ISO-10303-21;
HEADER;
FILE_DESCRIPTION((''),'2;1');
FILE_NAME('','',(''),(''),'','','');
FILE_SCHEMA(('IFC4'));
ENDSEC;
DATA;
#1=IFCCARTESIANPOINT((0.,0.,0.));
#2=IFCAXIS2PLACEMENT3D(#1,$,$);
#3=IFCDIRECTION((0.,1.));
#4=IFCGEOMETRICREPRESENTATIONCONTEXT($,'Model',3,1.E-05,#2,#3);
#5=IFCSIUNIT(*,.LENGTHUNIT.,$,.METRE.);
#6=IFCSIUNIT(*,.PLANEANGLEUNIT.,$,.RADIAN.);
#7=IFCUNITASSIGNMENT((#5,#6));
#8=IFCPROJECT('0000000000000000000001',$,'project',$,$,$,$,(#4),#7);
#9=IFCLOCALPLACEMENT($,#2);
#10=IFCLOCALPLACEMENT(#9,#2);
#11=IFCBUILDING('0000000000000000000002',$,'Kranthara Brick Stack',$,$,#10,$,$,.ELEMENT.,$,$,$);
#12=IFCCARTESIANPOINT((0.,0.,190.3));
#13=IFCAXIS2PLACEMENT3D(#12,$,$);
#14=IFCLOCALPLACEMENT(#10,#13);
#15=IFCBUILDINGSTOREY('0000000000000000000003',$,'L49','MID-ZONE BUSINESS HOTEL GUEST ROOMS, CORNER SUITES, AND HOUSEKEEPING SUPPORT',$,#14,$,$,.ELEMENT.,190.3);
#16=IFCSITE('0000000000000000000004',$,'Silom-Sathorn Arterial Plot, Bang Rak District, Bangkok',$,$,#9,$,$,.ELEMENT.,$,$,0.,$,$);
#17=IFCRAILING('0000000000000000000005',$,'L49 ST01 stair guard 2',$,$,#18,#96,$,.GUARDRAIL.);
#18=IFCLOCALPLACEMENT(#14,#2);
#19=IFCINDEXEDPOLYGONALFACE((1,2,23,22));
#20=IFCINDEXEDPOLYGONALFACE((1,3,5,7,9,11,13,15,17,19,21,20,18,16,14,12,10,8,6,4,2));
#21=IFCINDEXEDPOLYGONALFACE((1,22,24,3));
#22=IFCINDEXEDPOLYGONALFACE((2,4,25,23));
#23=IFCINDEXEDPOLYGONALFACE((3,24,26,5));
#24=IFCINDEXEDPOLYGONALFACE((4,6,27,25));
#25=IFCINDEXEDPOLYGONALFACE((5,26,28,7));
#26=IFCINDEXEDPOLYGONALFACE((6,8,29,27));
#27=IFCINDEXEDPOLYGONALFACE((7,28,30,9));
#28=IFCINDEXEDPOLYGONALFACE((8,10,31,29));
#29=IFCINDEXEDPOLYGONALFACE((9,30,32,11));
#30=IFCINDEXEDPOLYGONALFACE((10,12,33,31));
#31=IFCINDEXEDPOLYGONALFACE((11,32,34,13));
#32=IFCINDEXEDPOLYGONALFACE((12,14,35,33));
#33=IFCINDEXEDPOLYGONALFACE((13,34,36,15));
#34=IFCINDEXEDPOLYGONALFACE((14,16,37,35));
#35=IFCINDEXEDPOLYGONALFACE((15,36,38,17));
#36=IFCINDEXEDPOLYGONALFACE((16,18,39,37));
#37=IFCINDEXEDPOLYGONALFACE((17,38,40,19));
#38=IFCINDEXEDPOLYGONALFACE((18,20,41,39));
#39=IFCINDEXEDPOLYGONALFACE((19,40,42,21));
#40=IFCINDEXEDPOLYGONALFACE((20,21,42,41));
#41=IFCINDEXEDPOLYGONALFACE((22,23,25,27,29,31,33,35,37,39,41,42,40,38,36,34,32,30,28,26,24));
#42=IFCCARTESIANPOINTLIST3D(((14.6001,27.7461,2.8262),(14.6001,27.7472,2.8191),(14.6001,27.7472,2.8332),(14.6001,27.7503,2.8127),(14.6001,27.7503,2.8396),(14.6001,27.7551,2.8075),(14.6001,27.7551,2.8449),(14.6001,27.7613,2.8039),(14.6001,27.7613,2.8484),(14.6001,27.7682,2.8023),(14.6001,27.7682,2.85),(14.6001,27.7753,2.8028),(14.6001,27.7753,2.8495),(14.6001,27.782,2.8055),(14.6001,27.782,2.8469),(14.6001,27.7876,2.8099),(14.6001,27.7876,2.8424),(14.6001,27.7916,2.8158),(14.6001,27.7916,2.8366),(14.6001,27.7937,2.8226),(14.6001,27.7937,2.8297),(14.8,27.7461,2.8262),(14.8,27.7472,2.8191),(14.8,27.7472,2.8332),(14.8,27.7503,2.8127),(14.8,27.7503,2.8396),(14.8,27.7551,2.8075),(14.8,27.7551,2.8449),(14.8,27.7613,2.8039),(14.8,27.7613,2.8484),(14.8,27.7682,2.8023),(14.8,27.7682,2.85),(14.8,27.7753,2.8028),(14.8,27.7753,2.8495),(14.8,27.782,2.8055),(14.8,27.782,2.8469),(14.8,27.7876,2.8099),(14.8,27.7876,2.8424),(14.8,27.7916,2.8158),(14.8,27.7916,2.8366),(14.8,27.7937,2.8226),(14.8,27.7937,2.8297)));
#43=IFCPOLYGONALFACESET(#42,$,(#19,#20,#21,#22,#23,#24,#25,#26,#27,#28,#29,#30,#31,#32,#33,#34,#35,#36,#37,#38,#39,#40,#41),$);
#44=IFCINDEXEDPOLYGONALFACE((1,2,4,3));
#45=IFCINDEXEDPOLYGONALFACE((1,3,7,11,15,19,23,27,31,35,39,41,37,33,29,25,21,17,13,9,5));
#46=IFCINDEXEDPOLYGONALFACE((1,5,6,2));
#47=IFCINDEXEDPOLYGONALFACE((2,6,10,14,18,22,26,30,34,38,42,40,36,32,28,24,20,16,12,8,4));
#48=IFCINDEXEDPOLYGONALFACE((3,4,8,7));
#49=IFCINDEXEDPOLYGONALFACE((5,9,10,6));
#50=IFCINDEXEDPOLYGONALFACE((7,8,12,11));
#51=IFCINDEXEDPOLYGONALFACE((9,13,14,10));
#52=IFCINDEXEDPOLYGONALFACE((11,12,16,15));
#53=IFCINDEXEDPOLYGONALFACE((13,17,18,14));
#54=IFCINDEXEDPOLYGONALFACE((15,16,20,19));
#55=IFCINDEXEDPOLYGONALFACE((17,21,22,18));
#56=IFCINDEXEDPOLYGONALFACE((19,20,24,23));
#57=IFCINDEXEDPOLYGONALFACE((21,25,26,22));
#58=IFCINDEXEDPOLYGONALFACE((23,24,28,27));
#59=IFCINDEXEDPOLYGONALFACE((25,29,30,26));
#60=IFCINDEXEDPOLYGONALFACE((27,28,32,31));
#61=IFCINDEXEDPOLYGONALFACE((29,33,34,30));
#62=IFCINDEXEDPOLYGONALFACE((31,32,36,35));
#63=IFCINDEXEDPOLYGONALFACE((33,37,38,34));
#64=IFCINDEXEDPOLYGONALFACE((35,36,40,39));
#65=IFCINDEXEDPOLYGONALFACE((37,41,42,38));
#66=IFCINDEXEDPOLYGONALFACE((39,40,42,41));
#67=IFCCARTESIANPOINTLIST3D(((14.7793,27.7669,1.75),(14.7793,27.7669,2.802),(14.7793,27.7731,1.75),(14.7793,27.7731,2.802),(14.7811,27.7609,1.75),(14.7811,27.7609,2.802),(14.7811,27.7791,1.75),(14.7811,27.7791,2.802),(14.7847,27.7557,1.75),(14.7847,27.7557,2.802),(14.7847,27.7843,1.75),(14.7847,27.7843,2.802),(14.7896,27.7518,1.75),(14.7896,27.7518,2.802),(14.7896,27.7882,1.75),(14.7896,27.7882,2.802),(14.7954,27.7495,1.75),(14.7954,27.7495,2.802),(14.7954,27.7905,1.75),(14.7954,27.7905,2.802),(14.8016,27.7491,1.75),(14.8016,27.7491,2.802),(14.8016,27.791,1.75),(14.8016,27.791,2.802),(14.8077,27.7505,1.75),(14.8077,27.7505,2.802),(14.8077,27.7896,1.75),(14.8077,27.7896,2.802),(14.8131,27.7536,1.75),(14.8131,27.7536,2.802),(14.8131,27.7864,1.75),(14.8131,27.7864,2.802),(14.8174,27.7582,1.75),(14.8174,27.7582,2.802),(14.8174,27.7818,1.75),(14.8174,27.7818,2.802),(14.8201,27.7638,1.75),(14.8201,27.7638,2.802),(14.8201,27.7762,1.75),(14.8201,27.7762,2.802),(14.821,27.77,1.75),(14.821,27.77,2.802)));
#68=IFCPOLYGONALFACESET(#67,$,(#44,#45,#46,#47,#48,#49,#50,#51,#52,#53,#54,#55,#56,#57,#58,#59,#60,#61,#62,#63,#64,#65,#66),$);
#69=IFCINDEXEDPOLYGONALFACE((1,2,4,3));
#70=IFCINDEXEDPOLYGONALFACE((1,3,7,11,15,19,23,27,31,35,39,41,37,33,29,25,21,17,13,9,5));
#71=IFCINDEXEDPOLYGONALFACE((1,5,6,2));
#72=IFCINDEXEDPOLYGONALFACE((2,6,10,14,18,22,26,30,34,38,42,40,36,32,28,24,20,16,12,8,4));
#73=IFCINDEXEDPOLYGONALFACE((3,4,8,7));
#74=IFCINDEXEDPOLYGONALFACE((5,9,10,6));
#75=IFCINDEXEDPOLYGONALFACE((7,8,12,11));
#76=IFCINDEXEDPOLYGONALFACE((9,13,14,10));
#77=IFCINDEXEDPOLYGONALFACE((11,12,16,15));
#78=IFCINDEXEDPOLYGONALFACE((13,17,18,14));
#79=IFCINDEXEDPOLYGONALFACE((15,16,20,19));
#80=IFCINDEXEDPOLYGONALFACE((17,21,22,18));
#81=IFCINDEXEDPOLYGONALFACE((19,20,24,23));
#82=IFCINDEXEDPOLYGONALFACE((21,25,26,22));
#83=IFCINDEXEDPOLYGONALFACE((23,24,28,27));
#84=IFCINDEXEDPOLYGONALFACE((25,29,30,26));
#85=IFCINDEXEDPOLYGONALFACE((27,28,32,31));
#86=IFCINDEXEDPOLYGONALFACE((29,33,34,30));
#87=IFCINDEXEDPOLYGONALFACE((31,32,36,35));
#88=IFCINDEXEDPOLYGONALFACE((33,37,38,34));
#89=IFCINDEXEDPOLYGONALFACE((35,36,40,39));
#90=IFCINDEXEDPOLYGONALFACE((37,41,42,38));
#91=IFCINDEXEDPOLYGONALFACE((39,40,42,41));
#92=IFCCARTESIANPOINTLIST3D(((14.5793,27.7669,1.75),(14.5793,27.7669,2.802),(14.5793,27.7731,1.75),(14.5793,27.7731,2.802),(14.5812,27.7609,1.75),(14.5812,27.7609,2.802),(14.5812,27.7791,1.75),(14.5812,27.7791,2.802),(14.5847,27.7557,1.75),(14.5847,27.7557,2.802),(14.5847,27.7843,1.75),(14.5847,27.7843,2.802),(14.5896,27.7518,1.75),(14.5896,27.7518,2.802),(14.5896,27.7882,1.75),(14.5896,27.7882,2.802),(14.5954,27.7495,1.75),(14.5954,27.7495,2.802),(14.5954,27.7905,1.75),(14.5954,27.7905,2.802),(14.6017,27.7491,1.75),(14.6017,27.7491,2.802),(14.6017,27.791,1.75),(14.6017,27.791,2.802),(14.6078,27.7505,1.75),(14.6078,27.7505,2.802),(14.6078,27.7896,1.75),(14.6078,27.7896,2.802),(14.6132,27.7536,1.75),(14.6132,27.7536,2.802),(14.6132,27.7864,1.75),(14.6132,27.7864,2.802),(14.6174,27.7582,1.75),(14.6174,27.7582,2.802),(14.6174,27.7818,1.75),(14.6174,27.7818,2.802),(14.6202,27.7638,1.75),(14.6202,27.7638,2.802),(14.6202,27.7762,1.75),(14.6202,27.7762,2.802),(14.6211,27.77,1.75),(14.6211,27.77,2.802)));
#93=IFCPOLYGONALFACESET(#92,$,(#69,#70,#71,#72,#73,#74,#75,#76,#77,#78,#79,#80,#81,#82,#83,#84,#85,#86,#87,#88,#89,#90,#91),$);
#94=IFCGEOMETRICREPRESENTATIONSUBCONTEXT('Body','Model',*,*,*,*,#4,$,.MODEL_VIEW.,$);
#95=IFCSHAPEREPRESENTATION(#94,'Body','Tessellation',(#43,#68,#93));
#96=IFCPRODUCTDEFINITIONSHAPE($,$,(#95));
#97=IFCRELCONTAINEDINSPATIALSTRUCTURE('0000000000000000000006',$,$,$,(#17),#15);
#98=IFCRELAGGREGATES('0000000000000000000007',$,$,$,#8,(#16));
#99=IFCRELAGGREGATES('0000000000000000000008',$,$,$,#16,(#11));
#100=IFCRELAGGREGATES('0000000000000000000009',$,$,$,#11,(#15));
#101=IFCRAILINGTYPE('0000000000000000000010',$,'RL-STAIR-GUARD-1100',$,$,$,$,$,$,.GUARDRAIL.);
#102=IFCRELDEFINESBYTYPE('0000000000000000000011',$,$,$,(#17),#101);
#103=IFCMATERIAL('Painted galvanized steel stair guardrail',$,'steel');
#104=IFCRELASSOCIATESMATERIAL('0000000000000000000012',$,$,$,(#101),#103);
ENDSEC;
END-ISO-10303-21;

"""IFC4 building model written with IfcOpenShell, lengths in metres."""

from ifc_helpers import new_model, si_unit, direction, frame, origin, origin_2d, place, context, subcontext, project, spatial, circle, extrude, material, type_object, element, save


model = new_model("IFC4")

# Units and contexts
model_context = context("Model", 3, precision=1e-05, world=origin(), true_north=direction((0.0, 1.0)))
body_context = subcontext(model_context, "Body", "Model", "MODEL_VIEW")
ifc_project = project(units=[si_unit("LENGTHUNIT", "METRE"), si_unit("PLANEANGLEUNIT", "RADIAN")], contexts=[model_context])

# Site, building, storey
site_placement = place(None, origin())
site = spatial("IfcSite", under=ifc_project, at=site_placement, Name="Silom-Sathorn Arterial Plot, Bang Rak District, Bangkok", CompositionType="ELEMENT", RefElevation=0.0)
building_placement = place(site_placement, origin())
building = spatial("IfcBuilding", under=site, at=building_placement, Name="Kranthara Brick Stack", CompositionType="ELEMENT")
storey_placement = place(building_placement, frame((0.0, 0.0, 190.3)))
storey = spatial("IfcBuildingStorey", under=building, at=storey_placement, Name="L49", Description="MID-ZONE BUSINESS HOTEL GUEST ROOMS, CORNER SUITES, AND HOUSEKEEPING SUPPORT", CompositionType="ELEMENT", Elevation=190.3)

# Railing
ifc_material_1 = material(Name="Painted galvanized steel stair guardrail", Category="steel")
railing_type_1 = type_object("IfcRailingType", Name="RL-STAIR-GUARD-1100", PredefinedType="GUARDRAIL", material=ifc_material_1)
railing_1_placement = place(storey_placement, frame((14.8, 27.77, 1.75)))
element("IfcRailing", 1, at=railing_1_placement, inside=storey, type_object=railing_type_1, Name="L49 ST01 stair guard 2", PredefinedType="GUARDRAIL", context=body_context, shape_type="SweptSolid", body=[
    extrude(circle(Radius=0.0239, at=origin_2d()), frame((0.0, 0.0, 1.0762), z_axis=(-1.0, 0.0, 0.0), x_axis=(0.0, -1.0, 0.0)), (0.0, 0.0, 1.0), 0.2),
    extrude(circle(Radius=0.021, at=origin_2d()), origin(), (0.0, 0.0, 1.0), 1.052),
    extrude(circle(Radius=0.021, at=origin_2d()), frame((-0.2, 0.0, 0.0)), (0.0, 0.0, 1.0), 1.052),
])

save(model, "model.ifc")
